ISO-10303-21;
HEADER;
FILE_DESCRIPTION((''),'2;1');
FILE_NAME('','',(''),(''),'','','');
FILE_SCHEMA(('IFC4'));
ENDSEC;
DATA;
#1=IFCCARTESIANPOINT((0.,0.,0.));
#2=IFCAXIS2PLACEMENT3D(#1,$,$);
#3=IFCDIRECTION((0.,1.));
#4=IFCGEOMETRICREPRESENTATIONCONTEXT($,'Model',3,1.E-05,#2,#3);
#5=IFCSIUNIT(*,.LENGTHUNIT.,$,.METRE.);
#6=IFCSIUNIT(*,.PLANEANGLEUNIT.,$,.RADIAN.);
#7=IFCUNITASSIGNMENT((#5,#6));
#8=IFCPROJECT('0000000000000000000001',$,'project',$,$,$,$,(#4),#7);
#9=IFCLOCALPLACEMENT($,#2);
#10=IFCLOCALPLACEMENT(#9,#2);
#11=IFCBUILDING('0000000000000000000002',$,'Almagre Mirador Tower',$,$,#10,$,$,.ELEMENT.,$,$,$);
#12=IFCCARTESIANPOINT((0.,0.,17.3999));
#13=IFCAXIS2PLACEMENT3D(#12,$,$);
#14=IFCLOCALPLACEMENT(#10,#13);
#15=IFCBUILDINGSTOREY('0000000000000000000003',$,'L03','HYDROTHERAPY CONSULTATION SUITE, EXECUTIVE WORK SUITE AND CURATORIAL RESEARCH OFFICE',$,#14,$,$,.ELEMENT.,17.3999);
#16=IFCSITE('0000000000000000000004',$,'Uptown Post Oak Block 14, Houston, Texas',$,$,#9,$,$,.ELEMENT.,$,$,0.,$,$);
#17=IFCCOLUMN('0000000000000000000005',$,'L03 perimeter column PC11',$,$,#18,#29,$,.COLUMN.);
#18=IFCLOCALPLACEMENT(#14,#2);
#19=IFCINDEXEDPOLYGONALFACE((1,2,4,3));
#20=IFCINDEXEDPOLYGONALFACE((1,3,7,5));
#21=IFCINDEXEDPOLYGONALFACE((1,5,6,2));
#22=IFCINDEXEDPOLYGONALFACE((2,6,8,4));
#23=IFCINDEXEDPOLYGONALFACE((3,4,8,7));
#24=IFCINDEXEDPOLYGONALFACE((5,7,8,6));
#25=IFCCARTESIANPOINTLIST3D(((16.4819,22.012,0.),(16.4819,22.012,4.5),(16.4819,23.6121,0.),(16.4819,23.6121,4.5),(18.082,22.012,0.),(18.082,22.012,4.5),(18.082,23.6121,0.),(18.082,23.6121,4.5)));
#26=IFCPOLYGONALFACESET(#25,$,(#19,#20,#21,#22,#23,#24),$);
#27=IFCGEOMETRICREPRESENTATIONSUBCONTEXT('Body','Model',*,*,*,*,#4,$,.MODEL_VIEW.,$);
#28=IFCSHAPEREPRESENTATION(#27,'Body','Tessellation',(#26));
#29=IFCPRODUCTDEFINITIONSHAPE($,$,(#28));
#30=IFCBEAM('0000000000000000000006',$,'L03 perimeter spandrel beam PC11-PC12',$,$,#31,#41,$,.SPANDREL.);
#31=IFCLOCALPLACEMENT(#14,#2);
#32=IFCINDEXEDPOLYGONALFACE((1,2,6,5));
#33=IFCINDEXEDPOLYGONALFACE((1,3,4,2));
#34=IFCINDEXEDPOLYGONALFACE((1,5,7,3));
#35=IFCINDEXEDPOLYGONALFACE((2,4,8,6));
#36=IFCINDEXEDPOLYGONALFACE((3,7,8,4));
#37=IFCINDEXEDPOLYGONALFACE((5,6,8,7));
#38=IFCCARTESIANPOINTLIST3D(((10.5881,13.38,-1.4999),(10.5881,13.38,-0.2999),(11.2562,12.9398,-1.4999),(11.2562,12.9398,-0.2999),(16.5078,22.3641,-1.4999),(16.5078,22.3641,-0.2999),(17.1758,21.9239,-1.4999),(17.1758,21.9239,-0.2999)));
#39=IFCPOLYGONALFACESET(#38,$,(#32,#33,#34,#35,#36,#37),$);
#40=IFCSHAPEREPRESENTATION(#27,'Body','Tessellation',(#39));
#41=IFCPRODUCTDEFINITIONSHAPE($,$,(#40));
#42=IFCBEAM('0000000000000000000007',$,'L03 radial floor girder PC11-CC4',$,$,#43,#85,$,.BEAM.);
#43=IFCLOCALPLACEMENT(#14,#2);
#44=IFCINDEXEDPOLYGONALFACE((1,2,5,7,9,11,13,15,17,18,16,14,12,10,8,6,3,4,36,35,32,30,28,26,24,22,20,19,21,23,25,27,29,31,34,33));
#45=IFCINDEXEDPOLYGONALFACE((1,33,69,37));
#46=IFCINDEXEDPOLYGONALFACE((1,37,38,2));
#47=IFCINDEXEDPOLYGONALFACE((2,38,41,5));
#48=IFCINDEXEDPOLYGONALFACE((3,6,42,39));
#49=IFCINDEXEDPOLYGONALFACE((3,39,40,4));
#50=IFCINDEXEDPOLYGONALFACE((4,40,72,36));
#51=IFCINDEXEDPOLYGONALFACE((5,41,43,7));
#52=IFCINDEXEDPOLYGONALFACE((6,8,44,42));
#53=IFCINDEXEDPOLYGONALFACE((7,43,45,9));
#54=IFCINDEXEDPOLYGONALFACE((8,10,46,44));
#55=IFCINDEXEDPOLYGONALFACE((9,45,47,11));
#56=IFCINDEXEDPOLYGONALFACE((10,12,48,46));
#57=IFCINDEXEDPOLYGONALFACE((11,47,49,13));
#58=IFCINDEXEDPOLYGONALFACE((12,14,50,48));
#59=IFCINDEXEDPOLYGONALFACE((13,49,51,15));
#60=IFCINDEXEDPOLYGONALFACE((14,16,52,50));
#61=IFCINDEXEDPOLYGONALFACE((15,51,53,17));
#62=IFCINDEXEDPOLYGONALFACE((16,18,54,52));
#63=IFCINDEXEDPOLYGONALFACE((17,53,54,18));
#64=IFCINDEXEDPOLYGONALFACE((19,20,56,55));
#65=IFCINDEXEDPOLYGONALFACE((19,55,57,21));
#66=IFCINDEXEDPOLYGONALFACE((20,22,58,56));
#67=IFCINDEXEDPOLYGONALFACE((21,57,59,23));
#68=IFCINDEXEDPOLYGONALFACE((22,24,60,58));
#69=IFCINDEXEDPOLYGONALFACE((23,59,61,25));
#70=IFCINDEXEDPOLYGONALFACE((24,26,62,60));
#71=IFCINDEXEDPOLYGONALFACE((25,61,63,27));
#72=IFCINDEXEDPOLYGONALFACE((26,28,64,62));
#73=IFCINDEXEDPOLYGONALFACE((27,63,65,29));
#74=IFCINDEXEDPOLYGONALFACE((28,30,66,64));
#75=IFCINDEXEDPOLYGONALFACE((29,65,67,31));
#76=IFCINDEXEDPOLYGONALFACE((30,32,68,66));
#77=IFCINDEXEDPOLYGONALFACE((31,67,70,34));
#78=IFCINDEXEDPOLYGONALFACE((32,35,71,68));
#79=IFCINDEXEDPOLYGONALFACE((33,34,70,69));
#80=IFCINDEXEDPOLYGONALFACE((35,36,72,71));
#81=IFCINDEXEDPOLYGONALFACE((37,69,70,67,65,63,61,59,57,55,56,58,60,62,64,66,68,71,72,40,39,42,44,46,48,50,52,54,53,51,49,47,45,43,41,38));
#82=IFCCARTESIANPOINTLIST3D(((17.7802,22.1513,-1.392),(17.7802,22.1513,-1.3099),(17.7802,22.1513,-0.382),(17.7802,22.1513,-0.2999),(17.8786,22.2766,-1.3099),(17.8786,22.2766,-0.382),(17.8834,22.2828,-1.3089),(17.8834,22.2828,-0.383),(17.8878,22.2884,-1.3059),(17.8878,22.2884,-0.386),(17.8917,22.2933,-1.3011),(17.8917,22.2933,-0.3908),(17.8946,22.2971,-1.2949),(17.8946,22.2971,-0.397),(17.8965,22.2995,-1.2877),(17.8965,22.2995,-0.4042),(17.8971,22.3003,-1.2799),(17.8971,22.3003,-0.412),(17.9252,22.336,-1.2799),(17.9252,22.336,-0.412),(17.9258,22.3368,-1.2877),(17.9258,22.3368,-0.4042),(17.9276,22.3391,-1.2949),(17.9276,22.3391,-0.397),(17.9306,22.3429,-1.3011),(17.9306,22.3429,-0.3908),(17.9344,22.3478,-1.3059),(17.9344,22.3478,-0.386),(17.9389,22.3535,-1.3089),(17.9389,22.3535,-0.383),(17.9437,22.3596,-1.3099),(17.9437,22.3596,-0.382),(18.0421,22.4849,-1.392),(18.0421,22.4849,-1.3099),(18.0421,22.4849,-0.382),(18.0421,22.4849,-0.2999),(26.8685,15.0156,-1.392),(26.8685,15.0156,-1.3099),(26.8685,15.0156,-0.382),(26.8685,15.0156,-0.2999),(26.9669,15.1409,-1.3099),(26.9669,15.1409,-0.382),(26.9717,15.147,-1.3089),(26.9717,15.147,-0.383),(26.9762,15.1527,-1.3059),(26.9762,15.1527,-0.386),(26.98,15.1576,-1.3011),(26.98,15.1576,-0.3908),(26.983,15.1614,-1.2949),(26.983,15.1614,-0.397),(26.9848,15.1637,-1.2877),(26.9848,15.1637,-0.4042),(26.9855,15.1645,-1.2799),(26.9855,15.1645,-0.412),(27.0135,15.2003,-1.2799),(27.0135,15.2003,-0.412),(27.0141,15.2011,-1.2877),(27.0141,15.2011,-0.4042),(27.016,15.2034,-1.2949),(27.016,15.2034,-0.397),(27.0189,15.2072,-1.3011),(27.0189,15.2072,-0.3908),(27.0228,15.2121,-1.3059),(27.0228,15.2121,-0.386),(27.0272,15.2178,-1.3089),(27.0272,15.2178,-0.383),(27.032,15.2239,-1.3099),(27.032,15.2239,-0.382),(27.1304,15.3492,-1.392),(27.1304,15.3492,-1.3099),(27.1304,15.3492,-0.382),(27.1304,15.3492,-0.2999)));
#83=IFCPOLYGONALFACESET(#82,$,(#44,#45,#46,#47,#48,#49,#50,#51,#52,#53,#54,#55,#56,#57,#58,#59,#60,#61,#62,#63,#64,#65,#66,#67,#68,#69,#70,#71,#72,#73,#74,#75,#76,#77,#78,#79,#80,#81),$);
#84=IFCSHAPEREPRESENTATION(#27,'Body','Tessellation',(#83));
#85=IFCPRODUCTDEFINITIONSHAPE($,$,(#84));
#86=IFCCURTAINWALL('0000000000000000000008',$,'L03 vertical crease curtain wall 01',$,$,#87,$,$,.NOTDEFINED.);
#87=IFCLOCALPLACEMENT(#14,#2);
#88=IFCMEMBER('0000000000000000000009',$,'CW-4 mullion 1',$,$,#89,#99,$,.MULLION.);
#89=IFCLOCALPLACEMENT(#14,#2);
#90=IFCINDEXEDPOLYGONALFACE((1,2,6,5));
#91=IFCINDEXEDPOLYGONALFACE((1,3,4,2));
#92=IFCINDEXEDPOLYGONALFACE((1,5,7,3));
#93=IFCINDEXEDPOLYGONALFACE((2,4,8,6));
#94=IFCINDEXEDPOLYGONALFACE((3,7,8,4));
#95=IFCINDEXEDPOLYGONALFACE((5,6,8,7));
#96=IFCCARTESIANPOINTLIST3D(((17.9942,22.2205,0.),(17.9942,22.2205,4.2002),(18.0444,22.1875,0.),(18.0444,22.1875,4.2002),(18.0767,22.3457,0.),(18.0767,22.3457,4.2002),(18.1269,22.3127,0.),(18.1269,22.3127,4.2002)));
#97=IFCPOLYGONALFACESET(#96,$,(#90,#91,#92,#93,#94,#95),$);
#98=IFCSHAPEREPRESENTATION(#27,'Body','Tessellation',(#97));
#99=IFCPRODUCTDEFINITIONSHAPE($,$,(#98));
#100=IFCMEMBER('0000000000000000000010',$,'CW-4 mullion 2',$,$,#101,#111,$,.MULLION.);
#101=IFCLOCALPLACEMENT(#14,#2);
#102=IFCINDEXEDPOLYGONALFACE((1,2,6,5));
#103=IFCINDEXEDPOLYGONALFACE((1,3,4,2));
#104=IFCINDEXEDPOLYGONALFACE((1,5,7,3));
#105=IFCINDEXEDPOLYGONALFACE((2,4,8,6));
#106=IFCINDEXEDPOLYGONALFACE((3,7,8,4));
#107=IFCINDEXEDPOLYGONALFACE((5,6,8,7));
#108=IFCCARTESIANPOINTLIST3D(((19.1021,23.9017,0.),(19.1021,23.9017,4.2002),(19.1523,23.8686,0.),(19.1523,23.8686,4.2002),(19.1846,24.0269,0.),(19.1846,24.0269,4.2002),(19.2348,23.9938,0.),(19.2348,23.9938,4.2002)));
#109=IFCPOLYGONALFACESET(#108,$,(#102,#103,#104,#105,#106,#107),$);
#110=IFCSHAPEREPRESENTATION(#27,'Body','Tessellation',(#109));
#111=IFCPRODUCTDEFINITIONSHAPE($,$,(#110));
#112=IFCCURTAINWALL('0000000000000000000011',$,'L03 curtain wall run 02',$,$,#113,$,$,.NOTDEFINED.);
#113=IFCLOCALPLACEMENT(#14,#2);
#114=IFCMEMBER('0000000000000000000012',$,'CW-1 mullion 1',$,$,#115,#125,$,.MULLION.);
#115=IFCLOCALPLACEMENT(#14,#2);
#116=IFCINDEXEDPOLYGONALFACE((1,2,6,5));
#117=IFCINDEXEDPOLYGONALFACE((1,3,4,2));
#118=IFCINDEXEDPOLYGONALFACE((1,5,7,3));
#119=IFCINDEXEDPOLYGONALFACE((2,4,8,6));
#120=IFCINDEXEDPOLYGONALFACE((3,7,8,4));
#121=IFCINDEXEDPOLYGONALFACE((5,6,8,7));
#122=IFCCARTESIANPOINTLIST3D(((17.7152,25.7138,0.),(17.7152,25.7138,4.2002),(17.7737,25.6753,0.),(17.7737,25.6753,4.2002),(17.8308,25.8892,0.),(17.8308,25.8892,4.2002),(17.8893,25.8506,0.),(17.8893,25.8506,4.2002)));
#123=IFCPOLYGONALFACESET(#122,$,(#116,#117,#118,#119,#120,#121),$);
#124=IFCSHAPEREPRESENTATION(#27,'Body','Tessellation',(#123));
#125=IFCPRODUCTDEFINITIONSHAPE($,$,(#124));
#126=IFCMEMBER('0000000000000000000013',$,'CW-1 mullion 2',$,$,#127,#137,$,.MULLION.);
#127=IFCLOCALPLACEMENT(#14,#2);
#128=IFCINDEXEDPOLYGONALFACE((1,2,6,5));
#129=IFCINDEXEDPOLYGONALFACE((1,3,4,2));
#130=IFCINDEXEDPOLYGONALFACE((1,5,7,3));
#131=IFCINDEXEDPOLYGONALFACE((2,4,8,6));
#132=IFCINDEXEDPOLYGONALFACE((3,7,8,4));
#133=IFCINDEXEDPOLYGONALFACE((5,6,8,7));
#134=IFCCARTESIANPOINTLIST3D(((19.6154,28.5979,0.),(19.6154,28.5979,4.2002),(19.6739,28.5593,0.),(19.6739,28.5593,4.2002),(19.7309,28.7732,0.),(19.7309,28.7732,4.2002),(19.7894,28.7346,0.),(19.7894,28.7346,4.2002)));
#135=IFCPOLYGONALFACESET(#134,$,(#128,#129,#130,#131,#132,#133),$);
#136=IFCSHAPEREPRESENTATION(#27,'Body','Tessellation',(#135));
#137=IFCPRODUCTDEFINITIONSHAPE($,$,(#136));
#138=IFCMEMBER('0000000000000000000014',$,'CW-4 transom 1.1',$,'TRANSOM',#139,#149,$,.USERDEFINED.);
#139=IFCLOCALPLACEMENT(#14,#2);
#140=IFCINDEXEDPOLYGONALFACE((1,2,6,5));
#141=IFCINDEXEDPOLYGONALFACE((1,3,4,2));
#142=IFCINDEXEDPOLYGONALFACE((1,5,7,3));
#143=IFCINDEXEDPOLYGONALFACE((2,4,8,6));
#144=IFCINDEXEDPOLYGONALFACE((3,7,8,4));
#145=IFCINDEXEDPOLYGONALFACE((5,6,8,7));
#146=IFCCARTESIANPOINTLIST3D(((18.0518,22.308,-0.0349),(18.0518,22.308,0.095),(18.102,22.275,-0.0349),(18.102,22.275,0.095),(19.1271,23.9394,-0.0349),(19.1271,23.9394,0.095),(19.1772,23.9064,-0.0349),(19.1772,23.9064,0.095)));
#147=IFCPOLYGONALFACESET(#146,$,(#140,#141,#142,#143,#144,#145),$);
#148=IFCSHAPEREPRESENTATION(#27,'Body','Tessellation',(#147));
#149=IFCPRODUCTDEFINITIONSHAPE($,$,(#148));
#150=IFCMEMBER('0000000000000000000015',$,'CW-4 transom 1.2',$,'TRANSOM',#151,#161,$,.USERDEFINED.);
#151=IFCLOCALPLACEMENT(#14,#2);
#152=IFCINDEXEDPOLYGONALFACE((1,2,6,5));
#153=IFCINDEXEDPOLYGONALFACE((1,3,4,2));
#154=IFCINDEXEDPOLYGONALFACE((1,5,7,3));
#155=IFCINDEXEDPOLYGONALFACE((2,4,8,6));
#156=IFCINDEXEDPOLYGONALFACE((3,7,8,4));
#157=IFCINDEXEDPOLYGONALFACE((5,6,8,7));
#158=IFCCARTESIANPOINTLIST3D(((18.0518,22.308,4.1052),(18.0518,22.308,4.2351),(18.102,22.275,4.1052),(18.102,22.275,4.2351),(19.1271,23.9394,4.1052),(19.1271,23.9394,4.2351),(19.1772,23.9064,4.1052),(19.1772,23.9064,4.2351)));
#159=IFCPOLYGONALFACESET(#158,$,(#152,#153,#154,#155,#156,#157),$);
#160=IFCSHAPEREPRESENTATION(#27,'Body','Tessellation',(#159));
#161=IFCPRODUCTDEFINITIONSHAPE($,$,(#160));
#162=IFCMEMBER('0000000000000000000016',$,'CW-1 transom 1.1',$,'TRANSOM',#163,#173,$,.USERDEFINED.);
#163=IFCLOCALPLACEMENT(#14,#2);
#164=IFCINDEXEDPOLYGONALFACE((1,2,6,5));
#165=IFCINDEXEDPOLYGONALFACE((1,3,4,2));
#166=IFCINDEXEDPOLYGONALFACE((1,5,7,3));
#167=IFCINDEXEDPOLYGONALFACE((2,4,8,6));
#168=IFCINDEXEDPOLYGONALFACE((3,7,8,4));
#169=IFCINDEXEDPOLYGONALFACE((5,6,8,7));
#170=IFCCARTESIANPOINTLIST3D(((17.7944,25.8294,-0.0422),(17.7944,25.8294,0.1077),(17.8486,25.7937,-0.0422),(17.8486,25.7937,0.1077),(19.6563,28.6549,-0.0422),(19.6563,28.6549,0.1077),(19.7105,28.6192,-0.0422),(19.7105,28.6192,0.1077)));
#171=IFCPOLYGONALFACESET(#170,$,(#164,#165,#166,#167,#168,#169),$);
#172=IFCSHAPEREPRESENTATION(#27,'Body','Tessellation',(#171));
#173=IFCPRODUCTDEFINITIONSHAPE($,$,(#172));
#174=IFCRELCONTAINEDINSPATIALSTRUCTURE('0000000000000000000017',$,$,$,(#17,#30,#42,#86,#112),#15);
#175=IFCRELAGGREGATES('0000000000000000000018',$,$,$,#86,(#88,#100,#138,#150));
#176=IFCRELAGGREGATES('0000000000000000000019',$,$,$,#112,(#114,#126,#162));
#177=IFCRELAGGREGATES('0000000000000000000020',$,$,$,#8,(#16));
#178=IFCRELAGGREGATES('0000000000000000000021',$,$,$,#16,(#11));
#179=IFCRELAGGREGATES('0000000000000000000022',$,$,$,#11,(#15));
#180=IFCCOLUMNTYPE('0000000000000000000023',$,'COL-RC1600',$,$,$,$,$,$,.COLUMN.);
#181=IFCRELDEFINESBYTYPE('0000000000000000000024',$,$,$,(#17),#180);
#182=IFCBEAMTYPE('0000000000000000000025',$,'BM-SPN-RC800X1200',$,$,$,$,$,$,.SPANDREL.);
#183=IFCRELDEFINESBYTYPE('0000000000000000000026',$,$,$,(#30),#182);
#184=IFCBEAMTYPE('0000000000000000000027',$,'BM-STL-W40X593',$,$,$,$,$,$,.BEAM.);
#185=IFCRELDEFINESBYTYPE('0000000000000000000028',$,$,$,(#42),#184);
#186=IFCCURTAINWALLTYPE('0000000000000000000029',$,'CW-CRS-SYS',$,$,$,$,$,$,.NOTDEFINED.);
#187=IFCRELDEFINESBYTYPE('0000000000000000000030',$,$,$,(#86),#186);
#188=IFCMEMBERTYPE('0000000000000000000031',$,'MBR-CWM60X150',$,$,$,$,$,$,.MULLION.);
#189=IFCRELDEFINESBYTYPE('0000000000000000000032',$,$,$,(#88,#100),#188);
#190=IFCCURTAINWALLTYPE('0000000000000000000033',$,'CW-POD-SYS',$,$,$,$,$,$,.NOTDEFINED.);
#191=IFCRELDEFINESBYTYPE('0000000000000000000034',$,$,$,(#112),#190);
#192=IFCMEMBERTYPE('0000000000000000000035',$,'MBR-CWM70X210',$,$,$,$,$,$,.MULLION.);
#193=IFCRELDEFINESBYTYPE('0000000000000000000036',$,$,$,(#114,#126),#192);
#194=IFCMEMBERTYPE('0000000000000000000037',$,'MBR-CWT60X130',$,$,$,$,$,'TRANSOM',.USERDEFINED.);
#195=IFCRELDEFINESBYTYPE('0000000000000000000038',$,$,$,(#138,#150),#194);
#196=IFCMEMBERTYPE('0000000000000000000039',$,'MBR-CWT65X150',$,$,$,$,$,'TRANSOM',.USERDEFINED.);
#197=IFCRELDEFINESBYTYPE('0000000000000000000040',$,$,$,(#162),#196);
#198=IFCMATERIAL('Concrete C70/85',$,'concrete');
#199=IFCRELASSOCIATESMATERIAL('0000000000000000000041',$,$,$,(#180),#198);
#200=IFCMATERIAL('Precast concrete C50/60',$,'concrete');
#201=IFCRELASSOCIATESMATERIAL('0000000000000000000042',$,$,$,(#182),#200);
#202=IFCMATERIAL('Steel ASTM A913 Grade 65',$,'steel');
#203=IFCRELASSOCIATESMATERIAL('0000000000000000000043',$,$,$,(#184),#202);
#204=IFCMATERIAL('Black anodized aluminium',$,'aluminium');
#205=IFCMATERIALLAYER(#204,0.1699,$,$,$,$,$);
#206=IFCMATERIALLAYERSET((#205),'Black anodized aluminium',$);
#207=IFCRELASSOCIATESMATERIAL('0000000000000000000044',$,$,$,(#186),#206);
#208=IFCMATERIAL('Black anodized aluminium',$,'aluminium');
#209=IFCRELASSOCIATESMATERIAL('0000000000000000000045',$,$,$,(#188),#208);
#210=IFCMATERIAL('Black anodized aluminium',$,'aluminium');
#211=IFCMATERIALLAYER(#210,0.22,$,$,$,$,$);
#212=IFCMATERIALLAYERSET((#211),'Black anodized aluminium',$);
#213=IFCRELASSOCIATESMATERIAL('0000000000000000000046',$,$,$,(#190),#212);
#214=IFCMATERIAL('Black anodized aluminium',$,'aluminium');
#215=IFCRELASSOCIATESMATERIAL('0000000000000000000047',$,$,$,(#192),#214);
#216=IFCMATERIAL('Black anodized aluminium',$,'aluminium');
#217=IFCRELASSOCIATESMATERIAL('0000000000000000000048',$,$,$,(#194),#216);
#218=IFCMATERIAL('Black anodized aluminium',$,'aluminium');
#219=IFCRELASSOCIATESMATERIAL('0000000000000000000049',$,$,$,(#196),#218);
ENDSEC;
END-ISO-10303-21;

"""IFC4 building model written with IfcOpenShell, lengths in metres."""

from ifc_helpers import new_model, si_unit, direction, frame, origin, origin_2d, place, context, subcontext, project, spatial, rectangle, i_section, extrude, material, layer, layer_set, material_profile, profile_set, type_object, element, aggregate, save


model = new_model("IFC4")

# Units and contexts
model_context = context("Model", 3, precision=1e-05, world=origin(), true_north=direction((0.0, 1.0)))
body_context = subcontext(model_context, "Body", "Model", "MODEL_VIEW")
ifc_project = project(units=[si_unit("LENGTHUNIT", "METRE"), si_unit("PLANEANGLEUNIT", "RADIAN")], contexts=[model_context])

# Site, building, storey
site_placement = place(None, origin())
site = spatial("IfcSite", under=ifc_project, at=site_placement, Name="Uptown Post Oak Block 14, Houston, Texas", CompositionType="ELEMENT", RefElevation=0.0)
building_placement = place(site_placement, origin())
building = spatial("IfcBuilding", under=site, at=building_placement, Name="Almagre Mirador Tower", CompositionType="ELEMENT")
storey_placement = place(building_placement, frame((0.0, 0.0, 17.3999)))
storey = spatial("IfcBuildingStorey", under=building, at=storey_placement, Name="L03", Description="HYDROTHERAPY CONSULTATION SUITE, EXECUTIVE WORK SUITE AND CURATORIAL RESEARCH OFFICE", CompositionType="ELEMENT", Elevation=17.3999)

# Column
ifc_material_1 = material(Name="Concrete C70/85", Category="concrete")
ifc_material_profile_1 = material_profile(ifc_material_1, rectangle(XDim=1.6001, YDim=1.6001, at=origin_2d()), Name="RC1600X1600")
ifc_profile_set_1 = profile_set([ifc_material_profile_1], Name="Concrete C70/85")
column_type = type_object("IfcColumnType", Name="COL-RC1600", PredefinedType="COLUMN", material=ifc_profile_set_1)
column_placement = place(storey_placement, frame((17.282, 22.812, 0.0), z_axis=(0.0, 0.0, 1.0), x_axis=(1.0, 0.0, 0.0)))
element("IfcColumn", 1, at=column_placement, inside=storey, type_object=column_type, Name="L03 perimeter column PC11", PredefinedType="COLUMN", context=body_context, shape_type="SweptSolid", body=[
    extrude(rectangle(XDim=1.6001, YDim=1.6001, at=origin_2d()), origin(), (0.0, 0.0, 1.0), 4.5),
])

# Beams
ifc_material_2 = material(Name="Precast concrete C50/60", Category="concrete")
ifc_material_profile_2 = material_profile(ifc_material_2, rectangle(XDim=0.8, YDim=1.2, at=origin_2d()), Name="RC800X1200")
ifc_profile_set_2 = profile_set([ifc_material_profile_2], Name="Precast concrete C50/60")
beam_type_1 = type_object("IfcBeamType", Name="BM-SPN-RC800X1200", PredefinedType="SPANDREL", material=ifc_profile_set_2)
beam_1_placement = place(storey_placement, frame((16.8418, 22.144, -0.8999), z_axis=(-0.550204, -0.83503, 0.0), x_axis=(0.83503, -0.550204, 0.0)))
element("IfcBeam", 2, at=beam_1_placement, inside=storey, type_object=beam_type_1, Name="L03 perimeter spandrel beam PC11-PC12", PredefinedType="SPANDREL", context=body_context, shape_type="SweptSolid", body=[
    extrude(rectangle(XDim=0.8, YDim=1.2, at=origin_2d()), origin(), (0.0, 0.0, 1.0), 10.759),
])
ifc_material_3 = material(Name="Steel ASTM A913 Grade 65", Category="steel")
ifc_material_profile_3 = material_profile(ifc_material_3, i_section(OverallWidth=0.4241, OverallDepth=1.092, WebThickness=0.0454, FlangeThickness=0.082, FilletRadius=0.03, at=origin_2d()), Name="W40X593")
ifc_profile_set_3 = profile_set([ifc_material_profile_3], Name="Steel ASTM A913 Grade 65")
beam_type_2 = type_object("IfcBeamType", Name="BM-STL-W40X593", PredefinedType="BEAM", material=ifc_profile_set_3)
beam_2_placement = place(storey_placement, frame((17.9111, 22.3181, -0.8459), z_axis=(0.786534, -0.617547, 0.0), x_axis=(0.617547, 0.786534, 0.0)))
element("IfcBeam", 3, at=beam_2_placement, inside=storey, type_object=beam_type_2, Name="L03 radial floor girder PC11-CC4", PredefinedType="BEAM", context=body_context, shape_type="SweptSolid", body=[
    extrude(i_section(OverallWidth=0.4241, OverallDepth=1.092, WebThickness=0.0454, FlangeThickness=0.082, FilletRadius=0.03, at=origin_2d()), origin(), (0.0, 0.0, 1.0), 11.5549),
])

# Curtain walls, members
ifc_material_4 = material(Name="Black anodized aluminium", Category="aluminium")
ifc_layer_1 = layer(ifc_material_4, 0.1699)
ifc_layer_set_1 = layer_set([ifc_layer_1], Name="Black anodized aluminium")
curtain_wall_type_1 = type_object("IfcCurtainWallType", Name="CW-CRS-SYS", PredefinedType="NOTDEFINED", material=ifc_layer_set_1)
curtain_wall_1_placement = place(storey_placement, origin())
curtain_wall_1 = element("IfcCurtainWall", 4, at=curtain_wall_1_placement, inside=storey, type_object=curtain_wall_type_1, Name="L03 vertical crease curtain wall 01", PredefinedType="NOTDEFINED")
ifc_material_5 = material(Name="Black anodized aluminium", Category="aluminium")
ifc_material_profile_4 = material_profile(ifc_material_5, rectangle(XDim=0.0601, YDim=0.1499, at=origin_2d()), Name="CWM60X150")
ifc_profile_set_4 = profile_set([ifc_material_profile_4], Name="Black anodized aluminium")
member_type_1 = type_object("IfcMemberType", Name="MBR-CWM60X150", PredefinedType="MULLION", material=ifc_profile_set_4)
member_1_placement = place(storey_placement, frame((18.0605, 22.2666, 0.0), z_axis=(0.0, 0.0, 1.0), x_axis=(-0.834991, 0.550263, 0.0)))
member_1 = element("IfcMember", 5, at=member_1_placement, type_object=member_type_1, Name="CW-4 mullion 1", PredefinedType="MULLION", context=body_context, shape_type="SweptSolid", body=[
    extrude(rectangle(XDim=0.0601, YDim=0.1499, at=origin_2d()), origin(), (0.0, 0.0, 1.0), 4.2002),
])
member_2_placement = place(storey_placement, frame((19.1685, 23.9478, 0.0), z_axis=(0.0, 0.0, 1.0), x_axis=(-0.834991, 0.550263, 0.0)))
member_2 = element("IfcMember", 6, at=member_2_placement, type_object=member_type_1, Name="CW-4 mullion 2", PredefinedType="MULLION", context=body_context, shape_type="SweptSolid", body=[
    extrude(rectangle(XDim=0.0601, YDim=0.1499, at=origin_2d()), origin(), (0.0, 0.0, 1.0), 4.2002),
])
ifc_material_6 = material(Name="Black anodized aluminium", Category="aluminium")
ifc_layer_2 = layer(ifc_material_6, 0.22)
ifc_layer_set_2 = layer_set([ifc_layer_2], Name="Black anodized aluminium")
curtain_wall_type_2 = type_object("IfcCurtainWallType", Name="CW-POD-SYS", PredefinedType="NOTDEFINED", material=ifc_layer_set_2)
curtain_wall_2_placement = place(storey_placement, origin())
curtain_wall_2 = element("IfcCurtainWall", 7, at=curtain_wall_2_placement, inside=storey, type_object=curtain_wall_type_2, Name="L03 curtain wall run 02", PredefinedType="NOTDEFINED")
ifc_material_7 = material(Name="Black anodized aluminium", Category="aluminium")
ifc_material_profile_5 = material_profile(ifc_material_7, rectangle(XDim=0.0701, YDim=0.21, at=origin_2d()), Name="CWM70X210")
ifc_profile_set_5 = profile_set([ifc_material_profile_5], Name="Black anodized aluminium")
member_type_2 = type_object("IfcMemberType", Name="MBR-CWM70X210", PredefinedType="MULLION", material=ifc_profile_set_5)
member_3_placement = place(storey_placement, frame((17.8022, 25.7822, 0.0), z_axis=(0.0, 0.0, 1.0), x_axis=(-0.835028, 0.550207, 0.0)))
member_3 = element("IfcMember", 8, at=member_3_placement, type_object=member_type_2, Name="CW-1 mullion 1", PredefinedType="MULLION", context=body_context, shape_type="SweptSolid", body=[
    extrude(rectangle(XDim=0.0701, YDim=0.21, at=origin_2d()), origin(), (0.0, 0.0, 1.0), 4.2002),
])
member_4_placement = place(storey_placement, frame((19.7024, 28.6663, 0.0), z_axis=(0.0, 0.0, 1.0), x_axis=(-0.835028, 0.550207, 0.0)))
member_4 = element("IfcMember", 9, at=member_4_placement, type_object=member_type_2, Name="CW-1 mullion 2", PredefinedType="MULLION", context=body_context, shape_type="SweptSolid", body=[
    extrude(rectangle(XDim=0.0701, YDim=0.21, at=origin_2d()), origin(), (0.0, 0.0, 1.0), 4.2002),
])

# Members
ifc_material_8 = material(Name="Black anodized aluminium", Category="aluminium")
ifc_material_profile_6 = material_profile(ifc_material_8, rectangle(XDim=0.0601, YDim=0.1299, at=origin_2d()), Name="CWT60X130")
ifc_profile_set_6 = profile_set([ifc_material_profile_6], Name="Black anodized aluminium")
member_type_3 = type_object("IfcMemberType", Name="MBR-CWT60X130", ElementType="TRANSOM", PredefinedType="USERDEFINED", material=ifc_profile_set_6)
member_5_placement = place(storey_placement, frame((18.0769, 22.2915, 0.03), z_axis=(0.550309, 0.834961, 0.0), x_axis=(-0.834961, 0.550309, 0.0)))
member_5 = element("IfcMember", 10, at=member_5_placement, type_object=member_type_3, Name="CW-4 transom 1.1", ObjectType="TRANSOM", PredefinedType="USERDEFINED", context=body_context, shape_type="SweptSolid", body=[
    extrude(rectangle(XDim=0.0601, YDim=0.1299, at=origin_2d()), origin(), (0.0, 0.0, 1.0), 1.9539),
])
member_6_placement = place(storey_placement, frame((18.0769, 22.2915, 4.1702), z_axis=(0.550309, 0.834961, 0.0), x_axis=(-0.834961, 0.550309, 0.0)))
member_6 = element("IfcMember", 11, at=member_6_placement, type_object=member_type_3, Name="CW-4 transom 1.2", ObjectType="TRANSOM", PredefinedType="USERDEFINED", context=body_context, shape_type="SweptSolid", body=[
    extrude(rectangle(XDim=0.0601, YDim=0.1299, at=origin_2d()), origin(), (0.0, 0.0, 1.0), 1.9539),
])
ifc_material_9 = material(Name="Black anodized aluminium", Category="aluminium")
ifc_material_profile_7 = material_profile(ifc_material_9, rectangle(XDim=0.0649, YDim=0.1499, at=origin_2d()), Name="CWT65X150")
ifc_profile_set_7 = profile_set([ifc_material_profile_7], Name="Black anodized aluminium")
member_type_4 = type_object("IfcMemberType", Name="MBR-CWT65X150", ElementType="TRANSOM", PredefinedType="USERDEFINED", material=ifc_profile_set_7)
member_7_placement = place(storey_placement, frame((17.8215, 25.8115, 0.0327), z_axis=(0.55023, 0.835013, 0.0), x_axis=(-0.835013, 0.55023, 0.0)))
member_7 = element("IfcMember", 12, at=member_7_placement, type_object=member_type_4, Name="CW-1 transom 1.1", ObjectType="TRANSOM", PredefinedType="USERDEFINED", context=body_context, shape_type="SweptSolid", body=[
    extrude(rectangle(XDim=0.0649, YDim=0.1499, at=origin_2d()), origin(), (0.0, 0.0, 1.0), 3.3838),
])

aggregate(curtain_wall_1, [member_1, member_2, member_5, member_6])
aggregate(curtain_wall_2, [member_3, member_4, member_7])

save(model, "model.ifc")
